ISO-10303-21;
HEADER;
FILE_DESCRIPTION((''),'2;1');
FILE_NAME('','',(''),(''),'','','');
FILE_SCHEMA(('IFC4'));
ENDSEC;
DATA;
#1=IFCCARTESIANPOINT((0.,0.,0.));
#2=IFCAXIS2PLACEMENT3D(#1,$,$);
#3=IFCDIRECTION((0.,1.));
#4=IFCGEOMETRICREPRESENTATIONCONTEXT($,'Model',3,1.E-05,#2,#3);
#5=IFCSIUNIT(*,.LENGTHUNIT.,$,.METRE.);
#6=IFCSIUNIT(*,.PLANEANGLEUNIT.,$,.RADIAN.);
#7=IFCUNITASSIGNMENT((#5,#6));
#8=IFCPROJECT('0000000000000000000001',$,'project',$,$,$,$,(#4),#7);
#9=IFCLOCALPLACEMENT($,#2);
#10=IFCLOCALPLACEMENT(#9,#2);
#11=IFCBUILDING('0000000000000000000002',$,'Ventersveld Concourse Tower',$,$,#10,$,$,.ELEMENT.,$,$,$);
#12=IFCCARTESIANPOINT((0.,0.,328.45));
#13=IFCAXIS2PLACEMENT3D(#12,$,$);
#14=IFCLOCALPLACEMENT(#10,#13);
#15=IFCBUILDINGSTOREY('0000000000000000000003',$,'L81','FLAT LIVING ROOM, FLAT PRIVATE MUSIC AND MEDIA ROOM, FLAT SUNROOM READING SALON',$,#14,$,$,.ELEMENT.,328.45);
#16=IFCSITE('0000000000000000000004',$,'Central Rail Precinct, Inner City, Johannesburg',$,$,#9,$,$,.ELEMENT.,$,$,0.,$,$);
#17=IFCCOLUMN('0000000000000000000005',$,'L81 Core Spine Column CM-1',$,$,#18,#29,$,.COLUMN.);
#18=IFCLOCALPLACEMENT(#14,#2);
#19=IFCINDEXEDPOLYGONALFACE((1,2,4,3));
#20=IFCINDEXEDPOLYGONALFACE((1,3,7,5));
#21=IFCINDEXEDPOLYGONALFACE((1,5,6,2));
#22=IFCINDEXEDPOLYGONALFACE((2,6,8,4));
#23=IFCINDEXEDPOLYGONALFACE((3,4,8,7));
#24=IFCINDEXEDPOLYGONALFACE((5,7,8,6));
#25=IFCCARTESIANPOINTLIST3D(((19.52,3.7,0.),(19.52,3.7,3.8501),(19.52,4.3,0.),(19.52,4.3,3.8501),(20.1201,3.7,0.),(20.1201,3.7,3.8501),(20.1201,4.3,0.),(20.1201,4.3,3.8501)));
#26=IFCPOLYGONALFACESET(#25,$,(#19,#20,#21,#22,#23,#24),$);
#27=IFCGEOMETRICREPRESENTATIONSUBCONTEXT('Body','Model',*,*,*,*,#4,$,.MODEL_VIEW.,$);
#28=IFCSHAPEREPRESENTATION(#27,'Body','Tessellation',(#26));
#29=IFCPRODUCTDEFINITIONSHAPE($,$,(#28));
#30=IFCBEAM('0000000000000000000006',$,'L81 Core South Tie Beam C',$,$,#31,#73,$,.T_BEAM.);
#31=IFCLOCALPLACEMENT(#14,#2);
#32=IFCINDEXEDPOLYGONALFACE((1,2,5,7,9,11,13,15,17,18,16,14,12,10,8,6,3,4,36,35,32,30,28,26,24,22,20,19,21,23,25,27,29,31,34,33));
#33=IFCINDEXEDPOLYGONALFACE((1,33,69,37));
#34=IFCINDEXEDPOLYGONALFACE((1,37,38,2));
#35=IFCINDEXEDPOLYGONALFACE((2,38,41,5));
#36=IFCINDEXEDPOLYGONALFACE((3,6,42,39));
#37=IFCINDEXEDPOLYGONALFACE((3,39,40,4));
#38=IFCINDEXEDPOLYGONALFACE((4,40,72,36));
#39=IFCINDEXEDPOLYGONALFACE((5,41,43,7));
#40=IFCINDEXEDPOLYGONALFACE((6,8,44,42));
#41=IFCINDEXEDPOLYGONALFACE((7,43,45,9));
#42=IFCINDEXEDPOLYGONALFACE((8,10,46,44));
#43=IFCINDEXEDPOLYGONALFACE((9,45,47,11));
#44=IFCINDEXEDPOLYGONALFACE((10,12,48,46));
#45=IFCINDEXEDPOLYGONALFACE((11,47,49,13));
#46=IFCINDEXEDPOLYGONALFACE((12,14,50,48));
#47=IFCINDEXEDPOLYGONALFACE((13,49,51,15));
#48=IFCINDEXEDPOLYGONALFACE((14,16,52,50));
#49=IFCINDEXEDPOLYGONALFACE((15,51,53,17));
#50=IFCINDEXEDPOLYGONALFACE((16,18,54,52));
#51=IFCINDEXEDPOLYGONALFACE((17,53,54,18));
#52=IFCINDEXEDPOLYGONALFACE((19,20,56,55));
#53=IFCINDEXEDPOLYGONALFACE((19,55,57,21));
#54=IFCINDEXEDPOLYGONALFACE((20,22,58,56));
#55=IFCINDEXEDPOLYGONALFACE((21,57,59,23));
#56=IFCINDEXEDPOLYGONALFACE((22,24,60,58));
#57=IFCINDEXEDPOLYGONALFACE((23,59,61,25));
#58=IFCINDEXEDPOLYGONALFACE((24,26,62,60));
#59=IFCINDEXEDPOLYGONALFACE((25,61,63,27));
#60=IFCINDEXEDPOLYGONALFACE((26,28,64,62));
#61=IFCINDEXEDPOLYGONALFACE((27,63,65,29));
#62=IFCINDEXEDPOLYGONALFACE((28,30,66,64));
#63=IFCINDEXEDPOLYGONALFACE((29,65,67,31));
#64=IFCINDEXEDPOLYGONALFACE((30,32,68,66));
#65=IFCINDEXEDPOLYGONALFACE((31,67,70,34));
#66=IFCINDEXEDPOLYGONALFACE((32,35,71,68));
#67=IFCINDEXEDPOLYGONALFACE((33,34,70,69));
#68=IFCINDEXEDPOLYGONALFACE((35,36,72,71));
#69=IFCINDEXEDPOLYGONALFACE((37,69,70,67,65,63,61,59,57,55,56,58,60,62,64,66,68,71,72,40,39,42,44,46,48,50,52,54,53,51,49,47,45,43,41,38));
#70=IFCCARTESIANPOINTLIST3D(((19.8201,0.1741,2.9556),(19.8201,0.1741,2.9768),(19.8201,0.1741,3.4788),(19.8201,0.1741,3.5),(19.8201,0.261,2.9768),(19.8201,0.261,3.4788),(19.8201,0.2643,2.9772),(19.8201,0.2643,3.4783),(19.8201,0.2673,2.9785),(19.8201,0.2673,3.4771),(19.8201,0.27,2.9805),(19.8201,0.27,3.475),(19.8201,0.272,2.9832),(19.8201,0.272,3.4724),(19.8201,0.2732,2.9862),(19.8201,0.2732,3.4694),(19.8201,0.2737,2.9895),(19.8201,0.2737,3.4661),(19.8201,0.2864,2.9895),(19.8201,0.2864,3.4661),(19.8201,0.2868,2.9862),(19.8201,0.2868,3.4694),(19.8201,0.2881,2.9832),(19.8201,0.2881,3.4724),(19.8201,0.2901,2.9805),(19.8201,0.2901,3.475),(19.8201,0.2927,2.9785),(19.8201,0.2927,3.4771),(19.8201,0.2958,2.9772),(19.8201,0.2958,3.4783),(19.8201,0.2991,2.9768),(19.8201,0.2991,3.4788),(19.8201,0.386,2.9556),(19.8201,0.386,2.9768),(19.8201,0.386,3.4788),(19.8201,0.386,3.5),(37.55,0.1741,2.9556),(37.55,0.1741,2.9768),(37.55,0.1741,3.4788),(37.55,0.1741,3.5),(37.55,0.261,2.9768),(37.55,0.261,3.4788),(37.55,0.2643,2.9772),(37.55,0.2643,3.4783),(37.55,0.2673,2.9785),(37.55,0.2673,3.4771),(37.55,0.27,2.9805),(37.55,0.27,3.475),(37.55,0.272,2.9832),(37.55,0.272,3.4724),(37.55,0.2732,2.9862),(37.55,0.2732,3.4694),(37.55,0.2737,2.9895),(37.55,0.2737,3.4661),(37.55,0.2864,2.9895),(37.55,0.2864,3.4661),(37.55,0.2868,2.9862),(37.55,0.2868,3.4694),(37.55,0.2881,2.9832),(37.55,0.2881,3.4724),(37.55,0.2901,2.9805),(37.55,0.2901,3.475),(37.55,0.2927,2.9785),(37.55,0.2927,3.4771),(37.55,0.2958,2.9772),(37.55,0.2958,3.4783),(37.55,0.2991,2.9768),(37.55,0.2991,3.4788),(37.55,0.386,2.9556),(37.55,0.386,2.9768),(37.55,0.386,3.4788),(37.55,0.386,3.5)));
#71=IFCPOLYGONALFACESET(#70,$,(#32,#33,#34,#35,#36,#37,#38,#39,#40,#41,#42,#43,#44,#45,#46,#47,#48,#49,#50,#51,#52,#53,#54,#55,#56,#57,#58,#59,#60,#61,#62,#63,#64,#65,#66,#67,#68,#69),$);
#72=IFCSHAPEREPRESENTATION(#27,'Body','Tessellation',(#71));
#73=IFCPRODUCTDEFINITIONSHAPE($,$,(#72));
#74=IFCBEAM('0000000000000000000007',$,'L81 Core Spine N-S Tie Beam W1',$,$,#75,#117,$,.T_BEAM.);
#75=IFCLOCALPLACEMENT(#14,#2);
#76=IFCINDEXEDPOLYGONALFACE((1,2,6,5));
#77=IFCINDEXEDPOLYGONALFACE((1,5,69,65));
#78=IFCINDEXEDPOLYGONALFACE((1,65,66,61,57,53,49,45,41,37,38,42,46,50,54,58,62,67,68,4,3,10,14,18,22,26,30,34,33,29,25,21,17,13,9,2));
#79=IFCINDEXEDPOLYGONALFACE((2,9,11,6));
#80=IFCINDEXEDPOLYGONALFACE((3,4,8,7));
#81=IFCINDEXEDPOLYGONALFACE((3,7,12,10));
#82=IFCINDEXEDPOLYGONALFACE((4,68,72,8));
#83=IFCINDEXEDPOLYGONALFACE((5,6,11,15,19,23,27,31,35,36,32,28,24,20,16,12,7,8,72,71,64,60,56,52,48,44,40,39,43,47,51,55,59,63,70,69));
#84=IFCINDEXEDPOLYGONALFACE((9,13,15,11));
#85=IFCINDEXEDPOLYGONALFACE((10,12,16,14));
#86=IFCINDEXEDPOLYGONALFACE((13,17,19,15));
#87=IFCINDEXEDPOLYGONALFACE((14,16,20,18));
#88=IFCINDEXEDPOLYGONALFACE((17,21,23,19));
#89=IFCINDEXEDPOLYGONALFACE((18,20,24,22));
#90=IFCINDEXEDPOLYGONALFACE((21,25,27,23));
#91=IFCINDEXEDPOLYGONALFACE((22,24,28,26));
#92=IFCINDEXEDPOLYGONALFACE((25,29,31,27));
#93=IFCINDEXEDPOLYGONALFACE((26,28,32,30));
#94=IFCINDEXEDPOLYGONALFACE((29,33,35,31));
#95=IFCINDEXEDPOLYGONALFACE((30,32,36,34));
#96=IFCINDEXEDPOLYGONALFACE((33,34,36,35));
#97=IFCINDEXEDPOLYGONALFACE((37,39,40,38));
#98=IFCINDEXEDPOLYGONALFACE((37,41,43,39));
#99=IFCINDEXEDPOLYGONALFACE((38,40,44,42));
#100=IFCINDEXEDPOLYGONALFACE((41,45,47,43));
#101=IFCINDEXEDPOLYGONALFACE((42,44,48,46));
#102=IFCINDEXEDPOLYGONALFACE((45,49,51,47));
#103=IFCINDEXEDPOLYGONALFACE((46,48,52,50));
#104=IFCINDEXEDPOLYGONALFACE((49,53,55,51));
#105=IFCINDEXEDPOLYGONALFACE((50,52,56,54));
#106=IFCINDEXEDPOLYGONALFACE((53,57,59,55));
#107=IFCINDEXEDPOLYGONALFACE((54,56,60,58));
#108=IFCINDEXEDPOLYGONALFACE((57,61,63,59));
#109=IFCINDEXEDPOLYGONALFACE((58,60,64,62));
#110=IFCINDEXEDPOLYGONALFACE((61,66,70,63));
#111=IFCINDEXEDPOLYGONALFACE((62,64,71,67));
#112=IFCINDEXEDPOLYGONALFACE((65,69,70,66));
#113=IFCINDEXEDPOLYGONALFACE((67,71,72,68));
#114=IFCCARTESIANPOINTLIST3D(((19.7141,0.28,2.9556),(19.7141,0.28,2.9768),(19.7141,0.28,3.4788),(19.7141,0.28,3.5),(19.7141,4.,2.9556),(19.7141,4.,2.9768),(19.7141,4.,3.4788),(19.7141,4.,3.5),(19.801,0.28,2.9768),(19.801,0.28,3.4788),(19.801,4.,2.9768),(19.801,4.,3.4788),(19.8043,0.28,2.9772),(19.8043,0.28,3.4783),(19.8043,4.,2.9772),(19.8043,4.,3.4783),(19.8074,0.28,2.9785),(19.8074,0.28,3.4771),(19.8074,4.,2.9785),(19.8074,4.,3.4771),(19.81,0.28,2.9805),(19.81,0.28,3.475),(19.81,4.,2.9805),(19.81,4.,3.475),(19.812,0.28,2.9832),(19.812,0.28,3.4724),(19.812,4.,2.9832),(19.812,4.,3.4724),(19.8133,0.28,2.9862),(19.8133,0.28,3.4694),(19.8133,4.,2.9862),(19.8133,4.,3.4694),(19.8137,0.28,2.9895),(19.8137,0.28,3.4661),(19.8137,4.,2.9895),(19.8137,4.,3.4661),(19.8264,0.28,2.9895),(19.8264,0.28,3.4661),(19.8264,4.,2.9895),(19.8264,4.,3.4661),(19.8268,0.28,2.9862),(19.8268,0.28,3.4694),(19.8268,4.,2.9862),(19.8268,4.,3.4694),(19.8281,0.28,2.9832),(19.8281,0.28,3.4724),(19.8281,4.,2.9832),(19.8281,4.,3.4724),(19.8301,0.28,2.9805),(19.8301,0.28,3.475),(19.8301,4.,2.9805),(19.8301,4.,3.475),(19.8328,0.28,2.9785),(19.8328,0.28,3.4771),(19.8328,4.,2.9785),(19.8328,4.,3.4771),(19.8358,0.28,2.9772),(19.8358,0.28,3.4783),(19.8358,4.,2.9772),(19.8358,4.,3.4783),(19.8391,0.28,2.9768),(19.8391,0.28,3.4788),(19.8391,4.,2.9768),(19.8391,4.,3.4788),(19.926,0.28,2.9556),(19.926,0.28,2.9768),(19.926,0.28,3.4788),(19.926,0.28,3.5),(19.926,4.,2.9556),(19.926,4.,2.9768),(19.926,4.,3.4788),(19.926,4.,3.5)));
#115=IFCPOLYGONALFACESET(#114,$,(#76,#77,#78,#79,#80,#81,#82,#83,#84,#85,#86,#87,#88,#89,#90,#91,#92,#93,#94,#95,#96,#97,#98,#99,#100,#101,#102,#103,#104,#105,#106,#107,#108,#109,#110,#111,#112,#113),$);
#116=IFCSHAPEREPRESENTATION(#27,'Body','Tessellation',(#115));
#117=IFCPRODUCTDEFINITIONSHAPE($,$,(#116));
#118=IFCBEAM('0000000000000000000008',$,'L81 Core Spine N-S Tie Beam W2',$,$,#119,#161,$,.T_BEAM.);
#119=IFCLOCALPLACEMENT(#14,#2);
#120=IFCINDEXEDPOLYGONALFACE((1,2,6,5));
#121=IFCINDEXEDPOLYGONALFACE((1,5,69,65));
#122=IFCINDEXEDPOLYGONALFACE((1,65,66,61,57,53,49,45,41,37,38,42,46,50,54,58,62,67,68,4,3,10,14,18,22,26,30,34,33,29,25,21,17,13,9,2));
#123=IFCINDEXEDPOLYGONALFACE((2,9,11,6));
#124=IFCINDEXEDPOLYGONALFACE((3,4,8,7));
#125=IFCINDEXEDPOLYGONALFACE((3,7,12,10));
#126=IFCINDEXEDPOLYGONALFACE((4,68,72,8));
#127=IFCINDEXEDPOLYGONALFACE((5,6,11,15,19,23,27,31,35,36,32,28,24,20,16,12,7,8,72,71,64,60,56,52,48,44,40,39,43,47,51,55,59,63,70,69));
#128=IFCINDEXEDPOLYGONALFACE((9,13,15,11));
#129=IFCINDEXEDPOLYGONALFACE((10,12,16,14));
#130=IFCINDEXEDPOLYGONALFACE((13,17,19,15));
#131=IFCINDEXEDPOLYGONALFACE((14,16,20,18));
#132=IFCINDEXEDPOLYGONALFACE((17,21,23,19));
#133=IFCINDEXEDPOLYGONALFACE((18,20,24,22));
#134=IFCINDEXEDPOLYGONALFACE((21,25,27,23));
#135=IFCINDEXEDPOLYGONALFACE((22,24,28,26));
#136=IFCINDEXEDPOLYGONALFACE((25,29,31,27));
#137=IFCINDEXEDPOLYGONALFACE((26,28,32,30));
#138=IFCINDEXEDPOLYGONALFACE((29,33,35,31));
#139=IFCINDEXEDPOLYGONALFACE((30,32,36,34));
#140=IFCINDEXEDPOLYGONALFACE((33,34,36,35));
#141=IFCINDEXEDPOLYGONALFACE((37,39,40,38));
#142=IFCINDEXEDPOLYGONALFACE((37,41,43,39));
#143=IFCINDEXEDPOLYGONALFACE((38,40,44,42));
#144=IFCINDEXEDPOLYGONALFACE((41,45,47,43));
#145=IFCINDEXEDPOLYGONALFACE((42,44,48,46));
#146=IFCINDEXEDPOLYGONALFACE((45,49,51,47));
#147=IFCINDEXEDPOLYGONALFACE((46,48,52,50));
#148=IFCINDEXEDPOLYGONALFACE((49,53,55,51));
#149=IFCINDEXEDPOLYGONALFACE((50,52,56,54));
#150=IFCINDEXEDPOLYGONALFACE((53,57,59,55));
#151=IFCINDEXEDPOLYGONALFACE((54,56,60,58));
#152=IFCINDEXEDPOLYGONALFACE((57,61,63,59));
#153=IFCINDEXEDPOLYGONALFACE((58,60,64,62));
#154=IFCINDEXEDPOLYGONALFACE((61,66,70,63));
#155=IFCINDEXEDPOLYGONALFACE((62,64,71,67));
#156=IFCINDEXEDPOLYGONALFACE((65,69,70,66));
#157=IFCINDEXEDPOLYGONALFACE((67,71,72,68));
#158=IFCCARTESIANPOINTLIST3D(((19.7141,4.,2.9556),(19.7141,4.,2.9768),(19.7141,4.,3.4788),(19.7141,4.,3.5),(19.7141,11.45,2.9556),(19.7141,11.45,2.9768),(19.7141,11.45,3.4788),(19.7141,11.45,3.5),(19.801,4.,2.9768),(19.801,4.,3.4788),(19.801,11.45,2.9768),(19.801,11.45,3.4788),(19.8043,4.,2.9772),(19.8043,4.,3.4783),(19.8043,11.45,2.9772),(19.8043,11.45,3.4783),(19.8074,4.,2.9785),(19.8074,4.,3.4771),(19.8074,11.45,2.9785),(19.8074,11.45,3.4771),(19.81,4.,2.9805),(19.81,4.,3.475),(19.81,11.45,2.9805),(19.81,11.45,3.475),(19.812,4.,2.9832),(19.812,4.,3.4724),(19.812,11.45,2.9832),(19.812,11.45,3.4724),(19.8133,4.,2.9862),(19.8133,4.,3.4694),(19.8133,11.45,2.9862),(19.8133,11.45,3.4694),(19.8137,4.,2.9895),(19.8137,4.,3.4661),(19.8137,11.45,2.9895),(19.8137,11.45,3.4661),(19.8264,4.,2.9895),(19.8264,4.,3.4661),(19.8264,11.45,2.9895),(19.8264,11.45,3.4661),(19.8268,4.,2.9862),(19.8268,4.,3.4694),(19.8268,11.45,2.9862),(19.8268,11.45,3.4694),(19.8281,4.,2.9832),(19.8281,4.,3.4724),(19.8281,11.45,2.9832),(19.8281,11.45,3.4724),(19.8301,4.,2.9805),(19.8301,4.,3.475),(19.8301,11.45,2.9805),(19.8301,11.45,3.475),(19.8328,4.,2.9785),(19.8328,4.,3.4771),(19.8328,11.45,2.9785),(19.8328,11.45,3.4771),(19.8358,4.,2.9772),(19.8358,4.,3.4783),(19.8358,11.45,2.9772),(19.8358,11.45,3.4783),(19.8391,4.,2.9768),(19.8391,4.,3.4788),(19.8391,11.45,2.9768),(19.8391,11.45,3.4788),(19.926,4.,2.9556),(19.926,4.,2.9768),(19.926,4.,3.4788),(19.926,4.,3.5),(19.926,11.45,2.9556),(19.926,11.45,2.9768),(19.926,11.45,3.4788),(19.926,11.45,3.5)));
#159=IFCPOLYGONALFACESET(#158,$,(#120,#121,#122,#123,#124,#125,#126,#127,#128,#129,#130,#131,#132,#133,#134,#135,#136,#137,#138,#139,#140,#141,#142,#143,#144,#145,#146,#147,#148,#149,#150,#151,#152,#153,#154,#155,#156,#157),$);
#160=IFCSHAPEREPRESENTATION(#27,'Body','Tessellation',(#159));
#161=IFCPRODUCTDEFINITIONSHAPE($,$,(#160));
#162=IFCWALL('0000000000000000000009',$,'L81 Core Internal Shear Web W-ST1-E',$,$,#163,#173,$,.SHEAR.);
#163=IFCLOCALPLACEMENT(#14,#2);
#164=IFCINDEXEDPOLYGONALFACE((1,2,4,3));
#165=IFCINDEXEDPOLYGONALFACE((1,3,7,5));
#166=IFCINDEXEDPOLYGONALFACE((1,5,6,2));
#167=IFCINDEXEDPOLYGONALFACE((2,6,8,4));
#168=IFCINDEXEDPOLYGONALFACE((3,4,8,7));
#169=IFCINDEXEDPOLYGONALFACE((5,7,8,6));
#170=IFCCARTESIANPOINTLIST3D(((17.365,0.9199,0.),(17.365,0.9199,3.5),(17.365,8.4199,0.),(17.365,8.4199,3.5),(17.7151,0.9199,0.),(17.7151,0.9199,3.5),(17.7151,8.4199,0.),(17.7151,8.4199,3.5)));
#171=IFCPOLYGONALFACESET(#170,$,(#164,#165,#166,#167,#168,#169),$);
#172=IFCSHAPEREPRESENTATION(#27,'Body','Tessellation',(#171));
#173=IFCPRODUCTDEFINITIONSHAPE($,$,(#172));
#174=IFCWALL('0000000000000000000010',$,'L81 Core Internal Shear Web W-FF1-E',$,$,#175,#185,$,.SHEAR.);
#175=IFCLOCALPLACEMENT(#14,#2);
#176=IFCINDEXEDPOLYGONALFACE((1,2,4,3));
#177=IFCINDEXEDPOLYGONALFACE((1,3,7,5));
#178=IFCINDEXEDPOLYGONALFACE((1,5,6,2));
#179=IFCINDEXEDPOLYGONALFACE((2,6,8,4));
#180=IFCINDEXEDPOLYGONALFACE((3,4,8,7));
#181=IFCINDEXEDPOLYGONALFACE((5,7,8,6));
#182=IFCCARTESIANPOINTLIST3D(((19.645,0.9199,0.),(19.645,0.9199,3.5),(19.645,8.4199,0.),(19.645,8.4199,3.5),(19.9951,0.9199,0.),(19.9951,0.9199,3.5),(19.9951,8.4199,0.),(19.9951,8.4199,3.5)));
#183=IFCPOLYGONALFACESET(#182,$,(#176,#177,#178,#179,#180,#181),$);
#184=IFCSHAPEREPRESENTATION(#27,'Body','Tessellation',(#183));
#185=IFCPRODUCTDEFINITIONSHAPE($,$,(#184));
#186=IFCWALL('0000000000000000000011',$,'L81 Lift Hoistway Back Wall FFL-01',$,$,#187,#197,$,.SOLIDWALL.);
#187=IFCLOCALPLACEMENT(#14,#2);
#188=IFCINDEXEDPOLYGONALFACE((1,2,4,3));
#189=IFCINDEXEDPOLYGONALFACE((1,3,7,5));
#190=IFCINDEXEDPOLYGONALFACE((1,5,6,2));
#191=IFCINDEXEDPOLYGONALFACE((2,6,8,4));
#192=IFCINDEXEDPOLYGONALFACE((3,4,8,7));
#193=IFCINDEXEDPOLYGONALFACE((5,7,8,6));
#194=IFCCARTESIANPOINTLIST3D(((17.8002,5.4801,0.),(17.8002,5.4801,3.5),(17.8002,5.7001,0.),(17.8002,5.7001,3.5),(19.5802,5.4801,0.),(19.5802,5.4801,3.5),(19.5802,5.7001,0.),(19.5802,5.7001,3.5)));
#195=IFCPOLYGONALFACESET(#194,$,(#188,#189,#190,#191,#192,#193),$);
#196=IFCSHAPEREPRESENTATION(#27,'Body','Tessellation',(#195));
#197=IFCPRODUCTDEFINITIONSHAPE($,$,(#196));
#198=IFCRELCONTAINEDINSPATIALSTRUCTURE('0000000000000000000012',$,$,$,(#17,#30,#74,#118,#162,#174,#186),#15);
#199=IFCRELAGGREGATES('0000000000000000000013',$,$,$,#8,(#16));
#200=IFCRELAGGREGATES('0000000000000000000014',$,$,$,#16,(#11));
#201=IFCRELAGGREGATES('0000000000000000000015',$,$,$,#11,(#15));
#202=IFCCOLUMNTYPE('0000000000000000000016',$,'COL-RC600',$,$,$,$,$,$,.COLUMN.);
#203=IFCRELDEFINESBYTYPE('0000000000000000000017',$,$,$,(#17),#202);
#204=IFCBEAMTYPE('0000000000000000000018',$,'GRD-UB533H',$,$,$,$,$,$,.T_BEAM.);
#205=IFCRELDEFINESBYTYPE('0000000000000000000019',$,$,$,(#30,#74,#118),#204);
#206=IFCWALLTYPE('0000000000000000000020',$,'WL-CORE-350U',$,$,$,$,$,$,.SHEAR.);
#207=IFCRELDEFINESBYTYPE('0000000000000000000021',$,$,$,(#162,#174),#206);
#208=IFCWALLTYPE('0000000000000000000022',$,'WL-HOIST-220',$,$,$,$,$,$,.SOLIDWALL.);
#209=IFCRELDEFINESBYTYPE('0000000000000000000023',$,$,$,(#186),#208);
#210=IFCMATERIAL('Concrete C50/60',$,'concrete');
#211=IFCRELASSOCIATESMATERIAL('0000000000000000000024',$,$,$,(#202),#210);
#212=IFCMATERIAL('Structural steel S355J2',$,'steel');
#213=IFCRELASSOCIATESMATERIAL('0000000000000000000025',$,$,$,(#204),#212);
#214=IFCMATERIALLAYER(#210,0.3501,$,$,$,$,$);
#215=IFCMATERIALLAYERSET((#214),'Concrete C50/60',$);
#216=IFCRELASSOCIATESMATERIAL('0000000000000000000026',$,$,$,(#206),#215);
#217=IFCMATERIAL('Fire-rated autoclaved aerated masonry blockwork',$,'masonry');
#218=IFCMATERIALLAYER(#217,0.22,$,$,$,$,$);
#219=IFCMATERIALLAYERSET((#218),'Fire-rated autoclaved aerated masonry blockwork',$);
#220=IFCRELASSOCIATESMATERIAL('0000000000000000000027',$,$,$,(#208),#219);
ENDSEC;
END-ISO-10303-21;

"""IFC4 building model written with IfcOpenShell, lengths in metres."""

from ifc_helpers import new_model, si_unit, direction, frame, frame_2d, origin, origin_2d, place, context, subcontext, project, spatial, rectangle, i_section, extrude, material, layer, layer_set, material_profile, profile_set, type_object, element, save


model = new_model("IFC4")

# Units and contexts
model_context = context("Model", 3, precision=1e-05, world=origin(), true_north=direction((0.0, 1.0)))
body_context = subcontext(model_context, "Body", "Model", "MODEL_VIEW")
ifc_project = project(units=[si_unit("LENGTHUNIT", "METRE"), si_unit("PLANEANGLEUNIT", "RADIAN")], contexts=[model_context])

# Site, building, storey
site_placement = place(None, origin())
site = spatial("IfcSite", under=ifc_project, at=site_placement, Name="Central Rail Precinct, Inner City, Johannesburg", CompositionType="ELEMENT", RefElevation=0.0)
building_placement = place(site_placement, origin())
building = spatial("IfcBuilding", under=site, at=building_placement, Name="Ventersveld Concourse Tower", CompositionType="ELEMENT")
storey_placement = place(building_placement, frame((0.0, 0.0, 328.45)))
storey = spatial("IfcBuildingStorey", under=building, at=storey_placement, Name="L81", Description="FLAT LIVING ROOM, FLAT PRIVATE MUSIC AND MEDIA ROOM, FLAT SUNROOM READING SALON", CompositionType="ELEMENT", Elevation=328.45)

# Column
ifc_material_1 = material(Name="Concrete C50/60", Category="concrete")
ifc_material_profile_1 = material_profile(ifc_material_1, rectangle(XDim=0.6001, YDim=0.6001, at=origin_2d()), Name="RC 600x600")
ifc_profile_set_1 = profile_set([ifc_material_profile_1], Name="Concrete C50/60")
column_type = type_object("IfcColumnType", Name="COL-RC600", PredefinedType="COLUMN", material=ifc_profile_set_1)
column_placement = place(storey_placement, frame((19.8201, 4.0, 0.0), z_axis=(0.0, 0.0, 1.0), x_axis=(1.0, 0.0, 0.0)))
element("IfcColumn", 1, at=column_placement, inside=storey, type_object=column_type, Name="L81 Core Spine Column CM-1", PredefinedType="COLUMN", context=body_context, shape_type="SweptSolid", body=[
    extrude(rectangle(XDim=0.6001, YDim=0.6001, at=origin_2d()), origin(), (0.0, 0.0, 1.0), 3.8501),
])

# Beams
ifc_material_2 = material(Name="Structural steel S355J2", Category="steel")
ifc_material_profile_2 = material_profile(ifc_material_2, i_section(OverallWidth=0.2119, OverallDepth=0.5444, WebThickness=0.0127, FlangeThickness=0.0212, FilletRadius=0.0127, at=origin_2d()), Name="UB 533x210x122")
ifc_profile_set_2 = profile_set([ifc_material_profile_2], Name="Structural steel S355J2")
beam_type = type_object("IfcBeamType", Name="GRD-UB533H", PredefinedType="T_BEAM", material=ifc_profile_set_2)
beam_1_placement = place(storey_placement, frame((19.8201, 0.28, 3.2278), z_axis=(1.0, 0.0, 0.0), x_axis=(0.0, 1.0, 0.0)))
element("IfcBeam", 2, at=beam_1_placement, inside=storey, type_object=beam_type, Name="L81 Core South Tie Beam C", PredefinedType="T_BEAM", context=body_context, shape_type="SweptSolid", body=[
    extrude(i_section(OverallWidth=0.2119, OverallDepth=0.5444, WebThickness=0.0127, FlangeThickness=0.0212, FilletRadius=0.0127, at=origin_2d()), origin(), (0.0, 0.0, 1.0), 17.73),
])
beam_2_placement = place(storey_placement, frame((19.8201, 0.28, 3.2278), z_axis=(0.0, 1.0, 0.0), x_axis=(-1.0, 0.0, 0.0)))
element("IfcBeam", 3, at=beam_2_placement, inside=storey, type_object=beam_type, Name="L81 Core Spine N-S Tie Beam W1", PredefinedType="T_BEAM", context=body_context, shape_type="SweptSolid", body=[
    extrude(i_section(OverallWidth=0.2119, OverallDepth=0.5444, WebThickness=0.0127, FlangeThickness=0.0212, FilletRadius=0.0127, at=origin_2d()), origin(), (0.0, 0.0, 1.0), 3.72),
])
beam_3_placement = place(storey_placement, frame((19.8201, 4.0, 3.2278), z_axis=(0.0, 1.0, 0.0), x_axis=(-1.0, 0.0, 0.0)))
element("IfcBeam", 4, at=beam_3_placement, inside=storey, type_object=beam_type, Name="L81 Core Spine N-S Tie Beam W2", PredefinedType="T_BEAM", context=body_context, shape_type="SweptSolid", body=[
    extrude(i_section(OverallWidth=0.2119, OverallDepth=0.5444, WebThickness=0.0127, FlangeThickness=0.0212, FilletRadius=0.0127, at=origin_2d()), origin(), (0.0, 0.0, 1.0), 7.45),
])

# Walls
ifc_layer_1 = layer(ifc_material_1, 0.3501)
ifc_layer_set_1 = layer_set([ifc_layer_1], Name="Concrete C50/60")
wall_type_1 = type_object("IfcWallType", Name="WL-CORE-350U", PredefinedType="SHEAR", material=ifc_layer_set_1)
for number, where, z_axis, x_axis, name in (
    (5, (17.54, 0.9199, 0.0), (0.0, 0.0, 1.0), (0.0, 1.0, 0.0), "L81 Core Internal Shear Web W-ST1-E"),
    (6, (19.8201, 0.9199, 0.0), (0.0, 0.0, 1.0), (0.0, 1.0, 0.0), "L81 Core Internal Shear Web W-FF1-E"),
):
    element("IfcWall", number, at=place(storey_placement, frame(where, z_axis=z_axis, x_axis=x_axis)), inside=storey, type_object=wall_type_1, Name=name, PredefinedType="SHEAR", context=body_context, shape_type="SweptSolid", body=[
        extrude(rectangle(XDim=7.5, YDim=0.3501, at=frame_2d((3.75, 0.0))), origin(), (0.0, 0.0, 1.0), 3.5),
    ])
ifc_material_3 = material(Name="Fire-rated autoclaved aerated masonry blockwork", Category="masonry")
ifc_layer_2 = layer(ifc_material_3, 0.22)
ifc_layer_set_2 = layer_set([ifc_layer_2], Name="Fire-rated autoclaved aerated masonry blockwork")
wall_type_2 = type_object("IfcWallType", Name="WL-HOIST-220", PredefinedType="SOLIDWALL", material=ifc_layer_set_2)
wall_1_placement = place(storey_placement, frame((17.8, 5.5901, 0.0), z_axis=(0.0, 0.0, 1.0), x_axis=(1.0, 0.0, 0.0)))
element("IfcWall", 7, at=wall_1_placement, inside=storey, type_object=wall_type_2, Name="L81 Lift Hoistway Back Wall FFL-01", PredefinedType="SOLIDWALL", context=body_context, shape_type="SweptSolid", body=[
    extrude(rectangle(XDim=1.78, YDim=0.22, at=frame_2d((0.8901, 0.0))), origin(), (0.0, 0.0, 1.0), 3.5),
])

save(model, "model.ifc")
